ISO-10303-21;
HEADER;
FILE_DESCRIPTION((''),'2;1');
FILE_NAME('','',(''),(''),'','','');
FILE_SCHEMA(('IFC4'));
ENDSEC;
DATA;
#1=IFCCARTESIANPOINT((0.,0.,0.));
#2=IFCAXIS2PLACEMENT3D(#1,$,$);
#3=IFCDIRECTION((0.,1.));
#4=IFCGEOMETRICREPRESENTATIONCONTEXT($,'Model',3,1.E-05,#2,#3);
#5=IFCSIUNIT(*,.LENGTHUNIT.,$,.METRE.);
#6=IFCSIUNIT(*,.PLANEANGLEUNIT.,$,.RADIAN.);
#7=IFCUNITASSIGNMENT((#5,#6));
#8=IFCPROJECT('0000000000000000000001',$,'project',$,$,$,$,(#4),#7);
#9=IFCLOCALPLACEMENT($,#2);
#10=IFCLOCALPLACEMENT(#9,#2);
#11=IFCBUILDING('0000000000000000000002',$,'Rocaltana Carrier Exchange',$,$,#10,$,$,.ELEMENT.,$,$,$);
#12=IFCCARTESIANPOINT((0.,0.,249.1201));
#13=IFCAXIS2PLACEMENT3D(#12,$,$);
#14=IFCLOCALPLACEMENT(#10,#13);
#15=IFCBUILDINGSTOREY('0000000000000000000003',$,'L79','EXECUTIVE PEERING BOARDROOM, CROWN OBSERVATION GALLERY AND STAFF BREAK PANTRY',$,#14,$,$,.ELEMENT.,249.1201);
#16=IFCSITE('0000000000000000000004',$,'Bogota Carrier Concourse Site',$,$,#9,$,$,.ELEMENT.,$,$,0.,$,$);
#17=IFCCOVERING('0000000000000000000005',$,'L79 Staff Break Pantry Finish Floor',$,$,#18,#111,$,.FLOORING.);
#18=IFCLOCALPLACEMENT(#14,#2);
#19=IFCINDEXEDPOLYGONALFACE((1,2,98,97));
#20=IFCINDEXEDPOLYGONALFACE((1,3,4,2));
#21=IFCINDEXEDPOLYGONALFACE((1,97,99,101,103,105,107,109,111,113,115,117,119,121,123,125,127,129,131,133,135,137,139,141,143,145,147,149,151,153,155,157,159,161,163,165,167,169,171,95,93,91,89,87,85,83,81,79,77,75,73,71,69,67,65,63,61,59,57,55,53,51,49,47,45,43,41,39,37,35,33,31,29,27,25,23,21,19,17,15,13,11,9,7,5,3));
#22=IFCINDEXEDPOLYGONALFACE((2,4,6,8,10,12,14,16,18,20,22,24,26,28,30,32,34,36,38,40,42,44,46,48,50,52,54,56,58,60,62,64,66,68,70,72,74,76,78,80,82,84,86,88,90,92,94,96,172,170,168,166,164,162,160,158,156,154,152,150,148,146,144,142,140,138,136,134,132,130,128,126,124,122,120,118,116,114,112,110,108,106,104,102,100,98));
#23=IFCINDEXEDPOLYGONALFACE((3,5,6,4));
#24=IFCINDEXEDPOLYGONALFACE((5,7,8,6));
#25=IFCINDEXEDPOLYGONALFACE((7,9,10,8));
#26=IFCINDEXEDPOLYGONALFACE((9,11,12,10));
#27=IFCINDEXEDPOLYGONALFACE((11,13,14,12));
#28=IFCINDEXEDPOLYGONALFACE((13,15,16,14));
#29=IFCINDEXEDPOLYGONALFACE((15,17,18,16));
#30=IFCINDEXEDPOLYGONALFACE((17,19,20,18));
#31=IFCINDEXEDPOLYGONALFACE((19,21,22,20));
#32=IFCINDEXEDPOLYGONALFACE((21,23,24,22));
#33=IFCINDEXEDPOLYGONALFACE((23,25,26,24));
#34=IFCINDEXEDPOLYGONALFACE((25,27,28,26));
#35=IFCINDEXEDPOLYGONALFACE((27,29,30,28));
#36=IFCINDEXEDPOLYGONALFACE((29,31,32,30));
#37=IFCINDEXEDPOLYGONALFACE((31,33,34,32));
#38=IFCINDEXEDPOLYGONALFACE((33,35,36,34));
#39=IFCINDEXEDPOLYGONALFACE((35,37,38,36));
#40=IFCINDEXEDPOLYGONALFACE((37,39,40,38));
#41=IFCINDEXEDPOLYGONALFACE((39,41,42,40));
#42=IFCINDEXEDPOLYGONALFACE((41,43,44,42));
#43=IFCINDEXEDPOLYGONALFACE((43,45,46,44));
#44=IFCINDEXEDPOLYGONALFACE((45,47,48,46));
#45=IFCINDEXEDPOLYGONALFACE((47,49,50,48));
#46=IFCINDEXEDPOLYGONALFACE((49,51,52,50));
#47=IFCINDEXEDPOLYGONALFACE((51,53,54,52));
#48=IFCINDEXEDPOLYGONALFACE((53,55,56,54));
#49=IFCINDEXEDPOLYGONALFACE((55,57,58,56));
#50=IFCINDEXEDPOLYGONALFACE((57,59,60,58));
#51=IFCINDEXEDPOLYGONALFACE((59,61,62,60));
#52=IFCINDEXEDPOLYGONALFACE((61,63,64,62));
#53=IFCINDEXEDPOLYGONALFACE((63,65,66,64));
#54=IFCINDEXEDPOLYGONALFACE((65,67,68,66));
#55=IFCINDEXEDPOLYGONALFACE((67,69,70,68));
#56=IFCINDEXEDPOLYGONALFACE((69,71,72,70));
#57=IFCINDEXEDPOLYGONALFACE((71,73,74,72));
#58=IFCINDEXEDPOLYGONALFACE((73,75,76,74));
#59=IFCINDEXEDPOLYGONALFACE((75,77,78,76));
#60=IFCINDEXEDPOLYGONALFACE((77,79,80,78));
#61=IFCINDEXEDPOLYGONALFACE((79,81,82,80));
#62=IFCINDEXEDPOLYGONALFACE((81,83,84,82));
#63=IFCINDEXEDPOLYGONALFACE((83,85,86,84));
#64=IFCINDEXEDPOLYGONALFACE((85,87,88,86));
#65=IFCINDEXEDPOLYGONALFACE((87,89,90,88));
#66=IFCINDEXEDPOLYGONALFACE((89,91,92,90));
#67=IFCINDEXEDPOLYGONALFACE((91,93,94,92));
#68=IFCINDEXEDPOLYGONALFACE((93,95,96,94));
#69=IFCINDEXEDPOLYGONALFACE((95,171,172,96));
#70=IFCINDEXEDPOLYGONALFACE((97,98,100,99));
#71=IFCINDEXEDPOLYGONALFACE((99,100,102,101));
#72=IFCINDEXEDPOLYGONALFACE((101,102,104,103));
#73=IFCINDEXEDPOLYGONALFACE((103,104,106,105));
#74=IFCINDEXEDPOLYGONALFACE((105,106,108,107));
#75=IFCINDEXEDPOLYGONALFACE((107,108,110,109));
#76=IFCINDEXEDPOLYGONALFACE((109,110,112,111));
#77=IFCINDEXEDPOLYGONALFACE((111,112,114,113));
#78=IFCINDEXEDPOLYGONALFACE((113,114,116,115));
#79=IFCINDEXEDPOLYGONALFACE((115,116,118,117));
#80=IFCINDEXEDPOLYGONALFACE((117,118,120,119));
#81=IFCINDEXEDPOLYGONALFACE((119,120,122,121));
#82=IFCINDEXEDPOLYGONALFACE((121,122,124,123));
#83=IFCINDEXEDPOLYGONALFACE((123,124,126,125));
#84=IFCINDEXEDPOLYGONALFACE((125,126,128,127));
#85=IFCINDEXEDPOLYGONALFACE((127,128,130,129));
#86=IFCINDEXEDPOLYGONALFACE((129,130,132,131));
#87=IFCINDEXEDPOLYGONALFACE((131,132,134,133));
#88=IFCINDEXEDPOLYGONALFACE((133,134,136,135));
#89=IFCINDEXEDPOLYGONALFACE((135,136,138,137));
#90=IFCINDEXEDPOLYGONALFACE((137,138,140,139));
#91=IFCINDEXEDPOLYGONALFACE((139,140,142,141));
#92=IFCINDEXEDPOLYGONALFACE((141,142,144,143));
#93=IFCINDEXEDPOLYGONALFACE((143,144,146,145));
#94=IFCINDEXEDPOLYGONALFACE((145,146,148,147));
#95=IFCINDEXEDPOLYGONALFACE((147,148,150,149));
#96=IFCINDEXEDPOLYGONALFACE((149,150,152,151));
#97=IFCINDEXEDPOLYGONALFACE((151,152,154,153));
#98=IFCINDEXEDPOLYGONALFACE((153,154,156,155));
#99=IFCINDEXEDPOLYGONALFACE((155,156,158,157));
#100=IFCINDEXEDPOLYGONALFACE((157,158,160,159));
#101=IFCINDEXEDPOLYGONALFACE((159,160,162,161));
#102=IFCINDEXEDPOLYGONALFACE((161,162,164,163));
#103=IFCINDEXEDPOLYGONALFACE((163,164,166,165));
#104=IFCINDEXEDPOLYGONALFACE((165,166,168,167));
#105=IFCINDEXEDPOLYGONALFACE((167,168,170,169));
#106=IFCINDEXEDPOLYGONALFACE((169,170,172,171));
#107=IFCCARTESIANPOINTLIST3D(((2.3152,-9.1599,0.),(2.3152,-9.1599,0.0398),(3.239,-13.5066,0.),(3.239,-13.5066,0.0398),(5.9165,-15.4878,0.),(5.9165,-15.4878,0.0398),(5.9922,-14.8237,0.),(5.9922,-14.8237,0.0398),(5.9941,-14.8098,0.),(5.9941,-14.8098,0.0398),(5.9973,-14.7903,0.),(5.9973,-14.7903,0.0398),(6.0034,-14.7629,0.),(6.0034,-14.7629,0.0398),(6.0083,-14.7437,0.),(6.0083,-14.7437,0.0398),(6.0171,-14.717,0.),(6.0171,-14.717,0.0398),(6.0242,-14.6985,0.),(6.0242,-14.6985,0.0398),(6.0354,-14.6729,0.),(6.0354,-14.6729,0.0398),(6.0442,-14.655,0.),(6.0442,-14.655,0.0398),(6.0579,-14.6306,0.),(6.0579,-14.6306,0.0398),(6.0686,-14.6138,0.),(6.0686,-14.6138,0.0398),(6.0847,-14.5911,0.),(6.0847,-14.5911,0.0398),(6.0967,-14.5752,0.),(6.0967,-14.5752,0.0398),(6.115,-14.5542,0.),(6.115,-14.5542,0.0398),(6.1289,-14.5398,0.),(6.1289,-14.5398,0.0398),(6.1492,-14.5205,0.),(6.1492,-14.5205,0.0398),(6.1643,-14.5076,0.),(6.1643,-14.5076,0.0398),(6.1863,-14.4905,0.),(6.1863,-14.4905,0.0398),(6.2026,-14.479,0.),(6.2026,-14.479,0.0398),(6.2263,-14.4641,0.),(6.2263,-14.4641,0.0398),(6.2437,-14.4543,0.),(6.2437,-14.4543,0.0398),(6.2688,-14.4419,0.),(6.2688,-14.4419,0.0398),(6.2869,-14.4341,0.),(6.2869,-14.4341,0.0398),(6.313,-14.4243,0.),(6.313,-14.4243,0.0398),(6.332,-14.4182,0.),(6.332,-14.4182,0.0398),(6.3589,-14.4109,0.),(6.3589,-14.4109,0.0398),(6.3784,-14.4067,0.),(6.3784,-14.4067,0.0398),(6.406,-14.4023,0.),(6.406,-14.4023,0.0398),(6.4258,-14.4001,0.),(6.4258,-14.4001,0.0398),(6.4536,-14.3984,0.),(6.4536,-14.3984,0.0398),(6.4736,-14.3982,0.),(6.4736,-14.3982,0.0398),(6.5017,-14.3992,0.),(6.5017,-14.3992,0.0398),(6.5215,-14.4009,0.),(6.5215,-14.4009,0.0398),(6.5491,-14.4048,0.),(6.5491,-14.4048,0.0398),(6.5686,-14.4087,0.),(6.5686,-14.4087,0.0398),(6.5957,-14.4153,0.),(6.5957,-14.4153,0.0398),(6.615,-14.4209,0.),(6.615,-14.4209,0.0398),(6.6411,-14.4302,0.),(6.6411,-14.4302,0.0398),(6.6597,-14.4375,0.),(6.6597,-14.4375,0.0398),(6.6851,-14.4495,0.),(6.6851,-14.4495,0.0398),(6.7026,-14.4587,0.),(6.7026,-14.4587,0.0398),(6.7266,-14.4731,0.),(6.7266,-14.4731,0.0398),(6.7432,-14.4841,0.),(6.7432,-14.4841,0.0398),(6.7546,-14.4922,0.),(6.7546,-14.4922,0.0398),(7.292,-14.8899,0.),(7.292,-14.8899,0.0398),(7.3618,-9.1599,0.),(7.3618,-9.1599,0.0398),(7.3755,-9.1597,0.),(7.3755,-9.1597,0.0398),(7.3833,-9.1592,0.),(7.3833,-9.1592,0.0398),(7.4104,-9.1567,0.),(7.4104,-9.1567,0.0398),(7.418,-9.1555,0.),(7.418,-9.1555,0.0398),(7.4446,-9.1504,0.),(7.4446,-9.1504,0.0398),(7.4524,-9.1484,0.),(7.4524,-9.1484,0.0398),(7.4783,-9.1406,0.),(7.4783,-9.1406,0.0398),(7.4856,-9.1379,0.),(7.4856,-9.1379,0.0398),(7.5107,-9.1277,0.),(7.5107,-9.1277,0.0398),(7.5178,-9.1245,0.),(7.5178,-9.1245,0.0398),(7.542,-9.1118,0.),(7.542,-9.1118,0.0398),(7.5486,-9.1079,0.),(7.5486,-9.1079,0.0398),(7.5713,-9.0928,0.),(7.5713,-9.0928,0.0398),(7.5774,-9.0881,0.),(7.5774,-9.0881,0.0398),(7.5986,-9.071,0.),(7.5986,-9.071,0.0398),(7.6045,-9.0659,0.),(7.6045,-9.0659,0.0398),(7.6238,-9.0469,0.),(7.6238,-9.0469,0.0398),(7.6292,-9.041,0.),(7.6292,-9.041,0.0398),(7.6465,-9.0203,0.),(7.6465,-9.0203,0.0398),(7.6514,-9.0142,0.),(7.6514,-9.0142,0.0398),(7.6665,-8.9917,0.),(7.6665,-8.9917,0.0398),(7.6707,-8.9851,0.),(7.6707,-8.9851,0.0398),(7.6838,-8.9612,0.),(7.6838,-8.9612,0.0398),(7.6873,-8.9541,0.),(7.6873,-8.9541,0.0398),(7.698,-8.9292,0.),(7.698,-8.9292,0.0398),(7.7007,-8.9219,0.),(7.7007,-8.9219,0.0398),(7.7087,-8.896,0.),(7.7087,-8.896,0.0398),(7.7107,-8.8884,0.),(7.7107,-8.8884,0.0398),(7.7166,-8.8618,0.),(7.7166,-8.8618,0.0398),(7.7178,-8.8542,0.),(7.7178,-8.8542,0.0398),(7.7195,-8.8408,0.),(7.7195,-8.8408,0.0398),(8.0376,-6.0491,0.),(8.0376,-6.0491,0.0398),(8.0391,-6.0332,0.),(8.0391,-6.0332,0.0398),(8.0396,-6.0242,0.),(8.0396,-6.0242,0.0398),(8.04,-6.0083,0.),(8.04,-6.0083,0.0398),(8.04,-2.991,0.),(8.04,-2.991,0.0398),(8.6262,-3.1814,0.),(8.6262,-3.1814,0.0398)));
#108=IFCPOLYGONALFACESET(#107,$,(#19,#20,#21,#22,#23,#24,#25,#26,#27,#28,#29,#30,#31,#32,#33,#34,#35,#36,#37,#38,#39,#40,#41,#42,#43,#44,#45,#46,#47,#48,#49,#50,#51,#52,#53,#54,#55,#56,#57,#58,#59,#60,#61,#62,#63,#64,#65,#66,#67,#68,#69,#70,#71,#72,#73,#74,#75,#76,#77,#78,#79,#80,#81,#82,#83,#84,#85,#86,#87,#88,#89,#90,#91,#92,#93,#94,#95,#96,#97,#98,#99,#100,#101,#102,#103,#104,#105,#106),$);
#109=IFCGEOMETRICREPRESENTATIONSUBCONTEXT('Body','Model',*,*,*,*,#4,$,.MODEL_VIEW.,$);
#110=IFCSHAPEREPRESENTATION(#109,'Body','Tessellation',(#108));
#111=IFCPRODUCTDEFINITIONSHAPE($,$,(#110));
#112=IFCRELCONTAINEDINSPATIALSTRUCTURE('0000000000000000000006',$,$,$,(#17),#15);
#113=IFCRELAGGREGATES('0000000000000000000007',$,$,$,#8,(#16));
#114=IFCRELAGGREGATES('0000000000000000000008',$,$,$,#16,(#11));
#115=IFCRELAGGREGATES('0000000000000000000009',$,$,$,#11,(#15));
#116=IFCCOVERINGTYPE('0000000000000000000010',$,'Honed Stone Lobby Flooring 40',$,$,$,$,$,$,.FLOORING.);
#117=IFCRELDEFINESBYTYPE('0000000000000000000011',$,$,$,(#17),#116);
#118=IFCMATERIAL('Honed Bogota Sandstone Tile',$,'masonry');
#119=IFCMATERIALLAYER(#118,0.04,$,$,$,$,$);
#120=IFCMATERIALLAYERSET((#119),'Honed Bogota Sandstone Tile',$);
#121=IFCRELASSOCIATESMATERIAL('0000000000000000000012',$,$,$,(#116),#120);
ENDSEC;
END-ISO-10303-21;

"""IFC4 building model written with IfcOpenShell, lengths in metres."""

from ifc_helpers import new_model, si_unit, direction, frame, origin, place, context, subcontext, project, spatial, polyline, outline, extrude, material, layer, layer_set, type_object, element, save


model = new_model("IFC4")

# Units and contexts
model_context = context("Model", 3, precision=1e-05, world=origin(), true_north=direction((0.0, 1.0)))
body_context = subcontext(model_context, "Body", "Model", "MODEL_VIEW")
ifc_project = project(units=[si_unit("LENGTHUNIT", "METRE"), si_unit("PLANEANGLEUNIT", "RADIAN")], contexts=[model_context])

# Site, building, storey
site_placement = place(None, origin())
site = spatial("IfcSite", under=ifc_project, at=site_placement, Name="Bogota Carrier Concourse Site", CompositionType="ELEMENT", RefElevation=0.0)
building_placement = place(site_placement, origin())
building = spatial("IfcBuilding", under=site, at=building_placement, Name="Rocaltana Carrier Exchange", CompositionType="ELEMENT")
storey_placement = place(building_placement, frame((0.0, 0.0, 249.1201)))
storey = spatial("IfcBuildingStorey", under=building, at=storey_placement, Name="L79", Description="EXECUTIVE PEERING BOARDROOM, CROWN OBSERVATION GALLERY AND STAFF BREAK PANTRY", CompositionType="ELEMENT", Elevation=249.1201)

# Covering
ifc_material_1 = material(Name="Honed Bogota Sandstone Tile", Category="masonry")
ifc_layer_1 = layer(ifc_material_1, 0.04)
ifc_layer_set_1 = layer_set([ifc_layer_1], Name="Honed Bogota Sandstone Tile")
covering_type_1 = type_object("IfcCoveringType", Name="Honed Stone Lobby Flooring 40", PredefinedType="FLOORING", material=ifc_layer_set_1)
covering_1_placement = place(storey_placement, origin())
element("IfcCovering", 1, at=covering_1_placement, inside=storey, type_object=covering_type_1, Name="L79 Staff Break Pantry Finish Floor", PredefinedType="FLOORING", context=body_context, shape_type="SweptSolid", body=[
    extrude(outline(polyline([(7.292, -14.8899), (6.7546, -14.4922), (6.7432, -14.4841), (6.7266, -14.4731), (6.7026, -14.4587), (6.6851, -14.4495), (6.6597, -14.4375), (6.6411, -14.4302), (6.615, -14.4209), (6.5957, -14.4153), (6.5686, -14.4087), (6.5491, -14.4048), (6.5215, -14.4009), (6.5017, -14.3992), (6.4736, -14.3982), (6.4536, -14.3984), (6.4258, -14.4001), (6.406, -14.4023), (6.3784, -14.4067), (6.3589, -14.4109), (6.332, -14.4182), (6.313, -14.4243), (6.2869, -14.4341), (6.2688, -14.4419), (6.2437, -14.4543), (6.2263, -14.4641), (6.2026, -14.479), (6.1863, -14.4905), (6.1643, -14.5076), (6.1492, -14.5205), (6.1289, -14.5398), (6.115, -14.5542), (6.0967, -14.5752), (6.0847, -14.5911), (6.0686, -14.6138), (6.0579, -14.6306), (6.0442, -14.655), (6.0354, -14.6729), (6.0242, -14.6985), (6.0171, -14.717), (6.0083, -14.7437), (6.0034, -14.7629), (5.9973, -14.7903), (5.9941, -14.8098), (5.9922, -14.8237), (5.9165, -15.4878), (3.239, -13.5066), (2.3152, -9.1599), (7.3618, -9.1599), (7.3755, -9.1597), (7.3833, -9.1592), (7.4104, -9.1567), (7.418, -9.1555), (7.4446, -9.1504), (7.4524, -9.1484), (7.4783, -9.1406), (7.4856, -9.1379), (7.5107, -9.1277), (7.5178, -9.1245), (7.542, -9.1118), (7.5486, -9.1079), (7.5713, -9.0928), (7.5774, -9.0881), (7.5986, -9.071), (7.6045, -9.0659), (7.6238, -9.0469), (7.6292, -9.041), (7.6465, -9.0203), (7.6514, -9.0142), (7.6665, -8.9917), (7.6707, -8.9851), (7.6838, -8.9612), (7.6873, -8.9541), (7.698, -8.9292), (7.7007, -8.9219), (7.7087, -8.896), (7.7107, -8.8884), (7.7166, -8.8618), (7.7178, -8.8542), (7.7195, -8.8408), (8.0376, -6.0491), (8.0391, -6.0332), (8.0396, -6.0242), (8.04, -6.0083), (8.04, -2.991), (8.6262, -3.1814), (7.292, -14.8899)])), origin(), (0.0, 0.0, 1.0), 0.0398),
])

save(model, "model.ifc")
